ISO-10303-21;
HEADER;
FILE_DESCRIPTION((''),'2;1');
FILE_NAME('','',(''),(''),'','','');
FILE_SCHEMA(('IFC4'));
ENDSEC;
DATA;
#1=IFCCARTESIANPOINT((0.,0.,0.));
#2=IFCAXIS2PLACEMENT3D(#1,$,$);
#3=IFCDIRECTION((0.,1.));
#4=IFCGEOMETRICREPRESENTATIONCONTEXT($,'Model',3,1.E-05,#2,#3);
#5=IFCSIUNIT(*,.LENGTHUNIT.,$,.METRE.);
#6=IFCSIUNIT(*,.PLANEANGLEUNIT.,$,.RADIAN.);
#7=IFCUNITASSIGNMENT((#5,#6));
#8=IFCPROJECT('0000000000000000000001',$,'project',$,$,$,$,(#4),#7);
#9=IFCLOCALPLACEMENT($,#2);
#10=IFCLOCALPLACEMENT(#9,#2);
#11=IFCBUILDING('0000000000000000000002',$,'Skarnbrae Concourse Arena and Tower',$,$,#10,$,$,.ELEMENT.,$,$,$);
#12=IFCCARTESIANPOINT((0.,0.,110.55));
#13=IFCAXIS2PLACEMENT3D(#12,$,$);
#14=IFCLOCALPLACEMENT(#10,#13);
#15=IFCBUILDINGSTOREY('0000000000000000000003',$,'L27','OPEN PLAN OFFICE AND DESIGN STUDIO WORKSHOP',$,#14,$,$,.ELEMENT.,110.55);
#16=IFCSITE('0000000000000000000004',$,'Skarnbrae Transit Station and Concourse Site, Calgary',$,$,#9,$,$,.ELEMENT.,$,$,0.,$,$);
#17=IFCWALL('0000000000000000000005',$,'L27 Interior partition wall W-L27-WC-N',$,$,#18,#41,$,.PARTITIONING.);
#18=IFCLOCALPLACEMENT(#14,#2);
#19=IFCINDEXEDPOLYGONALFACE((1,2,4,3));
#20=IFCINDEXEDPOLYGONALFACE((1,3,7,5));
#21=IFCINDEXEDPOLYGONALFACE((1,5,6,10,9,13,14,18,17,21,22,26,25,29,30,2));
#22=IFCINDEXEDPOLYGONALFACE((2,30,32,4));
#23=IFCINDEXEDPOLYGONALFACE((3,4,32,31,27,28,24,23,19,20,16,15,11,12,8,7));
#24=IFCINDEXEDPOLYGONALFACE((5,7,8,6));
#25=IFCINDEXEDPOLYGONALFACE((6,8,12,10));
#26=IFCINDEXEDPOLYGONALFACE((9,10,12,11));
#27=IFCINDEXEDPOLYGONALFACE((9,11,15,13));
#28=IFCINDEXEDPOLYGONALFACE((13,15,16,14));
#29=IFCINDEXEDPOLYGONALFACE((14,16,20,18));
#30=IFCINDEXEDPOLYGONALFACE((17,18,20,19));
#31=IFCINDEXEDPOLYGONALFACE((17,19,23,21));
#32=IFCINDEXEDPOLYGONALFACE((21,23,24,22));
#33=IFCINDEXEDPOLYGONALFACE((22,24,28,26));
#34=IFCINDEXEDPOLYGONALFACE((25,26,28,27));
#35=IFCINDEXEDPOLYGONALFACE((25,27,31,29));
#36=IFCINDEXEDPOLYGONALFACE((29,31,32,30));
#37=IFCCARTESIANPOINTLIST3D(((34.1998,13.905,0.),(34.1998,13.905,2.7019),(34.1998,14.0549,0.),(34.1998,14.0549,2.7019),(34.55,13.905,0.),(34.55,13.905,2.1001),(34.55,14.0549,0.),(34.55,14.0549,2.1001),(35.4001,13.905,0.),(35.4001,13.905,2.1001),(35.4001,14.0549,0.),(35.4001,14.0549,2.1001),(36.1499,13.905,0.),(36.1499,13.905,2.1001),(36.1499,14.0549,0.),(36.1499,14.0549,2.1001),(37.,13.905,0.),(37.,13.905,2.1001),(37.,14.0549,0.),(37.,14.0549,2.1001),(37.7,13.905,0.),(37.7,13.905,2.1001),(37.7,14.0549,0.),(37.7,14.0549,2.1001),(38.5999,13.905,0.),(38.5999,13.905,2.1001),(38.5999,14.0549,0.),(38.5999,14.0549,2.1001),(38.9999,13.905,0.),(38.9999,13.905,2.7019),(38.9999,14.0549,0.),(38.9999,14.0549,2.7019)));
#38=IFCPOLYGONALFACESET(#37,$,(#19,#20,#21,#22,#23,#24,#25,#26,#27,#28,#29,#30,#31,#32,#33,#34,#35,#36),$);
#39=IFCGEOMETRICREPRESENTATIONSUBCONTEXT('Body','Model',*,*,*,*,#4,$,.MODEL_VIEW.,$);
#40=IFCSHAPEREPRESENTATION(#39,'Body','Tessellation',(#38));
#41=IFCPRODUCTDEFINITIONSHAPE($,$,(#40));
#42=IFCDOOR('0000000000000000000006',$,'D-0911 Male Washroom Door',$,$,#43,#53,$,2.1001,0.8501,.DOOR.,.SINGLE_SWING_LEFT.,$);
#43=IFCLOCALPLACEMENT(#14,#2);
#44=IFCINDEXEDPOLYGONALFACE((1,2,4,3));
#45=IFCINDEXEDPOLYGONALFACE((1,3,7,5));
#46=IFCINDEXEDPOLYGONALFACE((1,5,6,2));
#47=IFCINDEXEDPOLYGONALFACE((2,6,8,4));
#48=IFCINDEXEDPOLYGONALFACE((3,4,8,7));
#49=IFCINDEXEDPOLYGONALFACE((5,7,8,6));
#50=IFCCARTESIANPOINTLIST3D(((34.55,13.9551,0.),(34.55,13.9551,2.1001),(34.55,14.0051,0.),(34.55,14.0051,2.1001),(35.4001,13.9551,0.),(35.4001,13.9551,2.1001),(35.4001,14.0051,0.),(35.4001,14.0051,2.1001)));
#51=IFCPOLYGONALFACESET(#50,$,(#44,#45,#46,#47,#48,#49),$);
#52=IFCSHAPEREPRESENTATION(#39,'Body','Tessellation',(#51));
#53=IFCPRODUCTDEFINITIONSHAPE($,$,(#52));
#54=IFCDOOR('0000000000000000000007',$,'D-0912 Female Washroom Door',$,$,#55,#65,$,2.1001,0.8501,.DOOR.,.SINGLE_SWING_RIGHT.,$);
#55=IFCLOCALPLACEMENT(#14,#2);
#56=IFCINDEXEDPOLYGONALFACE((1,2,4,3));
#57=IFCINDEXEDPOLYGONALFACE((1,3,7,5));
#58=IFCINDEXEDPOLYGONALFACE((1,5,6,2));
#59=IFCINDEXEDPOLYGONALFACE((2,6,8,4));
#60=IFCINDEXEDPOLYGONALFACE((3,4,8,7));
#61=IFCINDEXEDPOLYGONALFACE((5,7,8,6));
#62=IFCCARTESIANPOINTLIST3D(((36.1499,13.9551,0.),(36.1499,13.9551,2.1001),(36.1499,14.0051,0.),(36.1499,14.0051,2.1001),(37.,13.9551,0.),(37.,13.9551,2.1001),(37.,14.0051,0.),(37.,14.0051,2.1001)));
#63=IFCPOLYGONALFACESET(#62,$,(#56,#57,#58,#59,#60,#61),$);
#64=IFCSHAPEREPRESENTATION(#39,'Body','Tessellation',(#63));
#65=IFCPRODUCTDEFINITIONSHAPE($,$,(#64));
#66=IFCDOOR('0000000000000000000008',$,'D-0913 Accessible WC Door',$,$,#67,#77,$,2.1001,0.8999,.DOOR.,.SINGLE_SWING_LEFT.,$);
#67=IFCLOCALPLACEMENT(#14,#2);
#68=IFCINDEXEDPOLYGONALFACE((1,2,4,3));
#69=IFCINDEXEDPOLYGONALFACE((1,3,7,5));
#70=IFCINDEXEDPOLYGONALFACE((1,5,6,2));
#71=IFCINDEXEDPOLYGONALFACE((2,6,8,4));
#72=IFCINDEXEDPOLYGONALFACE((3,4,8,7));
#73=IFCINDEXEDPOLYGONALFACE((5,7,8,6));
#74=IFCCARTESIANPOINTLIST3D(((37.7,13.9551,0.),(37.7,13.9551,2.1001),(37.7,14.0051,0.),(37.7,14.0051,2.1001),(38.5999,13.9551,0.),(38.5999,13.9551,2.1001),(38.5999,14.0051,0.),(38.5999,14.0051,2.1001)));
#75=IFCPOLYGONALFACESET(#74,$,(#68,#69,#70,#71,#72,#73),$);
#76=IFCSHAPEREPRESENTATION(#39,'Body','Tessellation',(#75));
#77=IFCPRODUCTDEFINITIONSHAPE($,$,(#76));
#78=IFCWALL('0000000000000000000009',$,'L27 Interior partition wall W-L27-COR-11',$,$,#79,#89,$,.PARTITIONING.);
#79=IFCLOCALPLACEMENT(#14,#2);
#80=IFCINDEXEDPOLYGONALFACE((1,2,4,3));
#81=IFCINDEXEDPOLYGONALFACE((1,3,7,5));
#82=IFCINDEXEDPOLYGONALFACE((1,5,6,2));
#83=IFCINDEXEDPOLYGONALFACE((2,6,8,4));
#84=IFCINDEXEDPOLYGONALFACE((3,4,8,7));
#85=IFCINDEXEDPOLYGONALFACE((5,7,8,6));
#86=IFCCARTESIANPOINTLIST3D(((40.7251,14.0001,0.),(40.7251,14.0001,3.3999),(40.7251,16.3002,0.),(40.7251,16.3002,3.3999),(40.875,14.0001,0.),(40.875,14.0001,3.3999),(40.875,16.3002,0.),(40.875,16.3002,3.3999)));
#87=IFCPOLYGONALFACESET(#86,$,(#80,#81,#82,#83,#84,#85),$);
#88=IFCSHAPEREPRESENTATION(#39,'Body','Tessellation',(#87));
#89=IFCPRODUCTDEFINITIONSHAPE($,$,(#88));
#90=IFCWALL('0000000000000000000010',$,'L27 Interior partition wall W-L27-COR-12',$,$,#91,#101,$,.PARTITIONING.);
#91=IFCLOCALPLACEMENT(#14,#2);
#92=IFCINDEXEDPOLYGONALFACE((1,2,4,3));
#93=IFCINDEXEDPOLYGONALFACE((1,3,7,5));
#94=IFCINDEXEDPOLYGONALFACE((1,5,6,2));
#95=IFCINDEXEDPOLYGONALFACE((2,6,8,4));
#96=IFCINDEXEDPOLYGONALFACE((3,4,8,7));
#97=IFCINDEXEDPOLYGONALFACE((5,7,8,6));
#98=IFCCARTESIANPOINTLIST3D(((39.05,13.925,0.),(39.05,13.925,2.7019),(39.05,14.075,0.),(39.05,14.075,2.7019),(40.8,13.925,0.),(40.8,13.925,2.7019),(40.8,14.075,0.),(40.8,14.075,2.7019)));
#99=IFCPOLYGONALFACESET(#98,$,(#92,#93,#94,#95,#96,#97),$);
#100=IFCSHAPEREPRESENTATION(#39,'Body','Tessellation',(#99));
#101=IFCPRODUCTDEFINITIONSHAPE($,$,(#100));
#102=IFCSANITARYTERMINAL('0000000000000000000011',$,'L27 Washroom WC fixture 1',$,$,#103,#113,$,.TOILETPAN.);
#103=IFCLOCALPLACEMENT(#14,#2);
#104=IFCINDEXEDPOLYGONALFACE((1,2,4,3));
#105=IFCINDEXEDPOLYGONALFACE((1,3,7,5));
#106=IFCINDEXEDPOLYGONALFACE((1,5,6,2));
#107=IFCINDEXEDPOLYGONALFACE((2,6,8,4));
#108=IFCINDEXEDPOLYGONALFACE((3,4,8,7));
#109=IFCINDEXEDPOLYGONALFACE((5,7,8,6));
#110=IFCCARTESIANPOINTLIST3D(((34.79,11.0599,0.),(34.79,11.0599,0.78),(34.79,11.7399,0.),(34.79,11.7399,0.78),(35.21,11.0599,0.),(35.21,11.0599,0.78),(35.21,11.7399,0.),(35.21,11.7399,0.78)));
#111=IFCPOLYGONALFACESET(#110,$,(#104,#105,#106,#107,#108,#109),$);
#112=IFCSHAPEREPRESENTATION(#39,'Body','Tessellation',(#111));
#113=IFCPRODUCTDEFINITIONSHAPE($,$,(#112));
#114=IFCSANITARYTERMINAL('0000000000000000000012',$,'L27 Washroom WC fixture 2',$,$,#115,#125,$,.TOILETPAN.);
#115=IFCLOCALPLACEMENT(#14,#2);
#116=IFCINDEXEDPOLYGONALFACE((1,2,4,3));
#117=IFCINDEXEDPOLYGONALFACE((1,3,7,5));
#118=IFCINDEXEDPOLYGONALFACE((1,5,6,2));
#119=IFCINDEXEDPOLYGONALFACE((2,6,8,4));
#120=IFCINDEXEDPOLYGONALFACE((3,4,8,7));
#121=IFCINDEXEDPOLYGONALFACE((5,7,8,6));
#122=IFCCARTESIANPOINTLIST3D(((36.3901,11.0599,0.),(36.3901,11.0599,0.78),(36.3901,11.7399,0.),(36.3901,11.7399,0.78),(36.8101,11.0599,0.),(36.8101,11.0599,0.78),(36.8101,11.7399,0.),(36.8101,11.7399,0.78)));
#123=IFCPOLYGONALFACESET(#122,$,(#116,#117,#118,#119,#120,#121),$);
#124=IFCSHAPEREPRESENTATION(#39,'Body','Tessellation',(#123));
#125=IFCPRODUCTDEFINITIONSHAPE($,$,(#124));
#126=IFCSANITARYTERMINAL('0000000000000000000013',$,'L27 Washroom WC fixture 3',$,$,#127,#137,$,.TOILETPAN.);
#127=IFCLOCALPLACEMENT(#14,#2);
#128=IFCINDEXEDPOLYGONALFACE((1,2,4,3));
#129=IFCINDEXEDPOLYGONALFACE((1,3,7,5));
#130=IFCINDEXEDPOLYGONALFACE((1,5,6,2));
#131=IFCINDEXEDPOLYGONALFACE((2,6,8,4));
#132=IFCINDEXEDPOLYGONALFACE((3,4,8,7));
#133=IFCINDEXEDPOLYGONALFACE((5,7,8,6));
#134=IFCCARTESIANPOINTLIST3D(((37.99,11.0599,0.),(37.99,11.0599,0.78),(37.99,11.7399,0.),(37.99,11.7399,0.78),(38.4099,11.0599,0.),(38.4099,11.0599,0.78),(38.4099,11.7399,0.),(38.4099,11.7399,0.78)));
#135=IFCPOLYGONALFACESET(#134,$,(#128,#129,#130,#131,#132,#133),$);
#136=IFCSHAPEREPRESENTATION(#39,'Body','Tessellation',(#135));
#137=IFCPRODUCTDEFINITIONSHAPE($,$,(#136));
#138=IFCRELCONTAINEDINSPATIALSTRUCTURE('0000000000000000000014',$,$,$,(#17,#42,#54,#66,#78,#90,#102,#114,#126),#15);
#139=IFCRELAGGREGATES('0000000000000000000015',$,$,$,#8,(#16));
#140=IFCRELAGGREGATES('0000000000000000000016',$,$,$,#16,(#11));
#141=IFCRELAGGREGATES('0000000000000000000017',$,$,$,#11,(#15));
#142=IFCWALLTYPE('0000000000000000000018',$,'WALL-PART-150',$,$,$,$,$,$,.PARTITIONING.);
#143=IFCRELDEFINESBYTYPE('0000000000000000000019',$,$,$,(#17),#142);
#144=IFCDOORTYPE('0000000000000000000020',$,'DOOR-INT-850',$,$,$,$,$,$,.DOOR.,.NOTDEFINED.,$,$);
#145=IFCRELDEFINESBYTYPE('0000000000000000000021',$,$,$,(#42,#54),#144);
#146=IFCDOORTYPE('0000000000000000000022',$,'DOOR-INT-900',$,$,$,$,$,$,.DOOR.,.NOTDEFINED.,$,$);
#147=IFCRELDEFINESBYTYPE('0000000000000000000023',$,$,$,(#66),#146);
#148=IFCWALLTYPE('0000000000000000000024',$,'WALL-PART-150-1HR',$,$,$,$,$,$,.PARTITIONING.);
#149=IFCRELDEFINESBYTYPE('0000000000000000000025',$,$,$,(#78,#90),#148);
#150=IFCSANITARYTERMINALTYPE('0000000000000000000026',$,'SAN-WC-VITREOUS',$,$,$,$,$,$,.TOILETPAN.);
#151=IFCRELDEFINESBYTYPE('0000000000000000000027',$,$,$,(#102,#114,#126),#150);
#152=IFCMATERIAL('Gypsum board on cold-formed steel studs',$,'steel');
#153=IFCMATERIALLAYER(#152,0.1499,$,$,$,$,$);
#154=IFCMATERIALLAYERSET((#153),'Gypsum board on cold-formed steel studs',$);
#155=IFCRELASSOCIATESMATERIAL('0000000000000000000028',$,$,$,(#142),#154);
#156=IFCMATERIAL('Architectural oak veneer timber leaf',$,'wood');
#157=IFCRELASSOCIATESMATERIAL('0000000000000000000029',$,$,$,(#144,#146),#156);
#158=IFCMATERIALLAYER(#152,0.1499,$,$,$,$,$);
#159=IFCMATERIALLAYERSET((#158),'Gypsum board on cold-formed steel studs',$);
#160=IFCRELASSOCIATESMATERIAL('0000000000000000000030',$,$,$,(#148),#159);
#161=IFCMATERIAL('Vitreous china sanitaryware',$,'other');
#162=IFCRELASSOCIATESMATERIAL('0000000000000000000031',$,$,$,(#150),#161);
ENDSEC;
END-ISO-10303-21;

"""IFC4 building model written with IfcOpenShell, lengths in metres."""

from ifc_helpers import new_model, si_unit, direction, frame, frame_2d, origin, origin_2d, place, context, subcontext, project, spatial, rectangle, extrude, source, transform, mapped, material, layer, layer_set, type_object, element, fill, save


model = new_model("IFC4")

# Units and contexts
model_context = context("Model", 3, precision=1e-05, world=origin(), true_north=direction((0.0, 1.0)))
body_context = subcontext(model_context, "Body", "Model", "MODEL_VIEW")
ifc_project = project(units=[si_unit("LENGTHUNIT", "METRE"), si_unit("PLANEANGLEUNIT", "RADIAN")], contexts=[model_context])

# Site, building, storey
site_placement = place(None, origin())
site = spatial("IfcSite", under=ifc_project, at=site_placement, Name="Skarnbrae Transit Station and Concourse Site, Calgary", CompositionType="ELEMENT", RefElevation=0.0)
building_placement = place(site_placement, origin())
building = spatial("IfcBuilding", under=site, at=building_placement, Name="Skarnbrae Concourse Arena and Tower", CompositionType="ELEMENT")
storey_placement = place(building_placement, frame((0.0, 0.0, 110.55)))
storey = spatial("IfcBuildingStorey", under=building, at=storey_placement, Name="L27", Description="OPEN PLAN OFFICE AND DESIGN STUDIO WORKSHOP", CompositionType="ELEMENT", Elevation=110.55)

# Wall, openings, doors
ifc_material_1 = material(Name="Gypsum board on cold-formed steel studs", Category="steel")
ifc_layer_1 = layer(ifc_material_1, 0.1499)
ifc_layer_set_1 = layer_set([ifc_layer_1], Name="Gypsum board on cold-formed steel studs")
wall_type_1 = type_object("IfcWallType", Name="WALL-PART-150", PredefinedType="PARTITIONING", material=ifc_layer_set_1)
shared_shape_1 = source(origin(), body_context, "Body", "SweptSolid", [
    extrude(rectangle(XDim=4.8, YDim=0.1499, at=frame_2d((2.3999, 0.0))), origin(), (0.0, 0.0, 1.0), 2.7019),
])
wall_1_placement = place(storey_placement, frame((34.2, 13.98, 0.0), z_axis=(0.0, 0.0, 1.0), x_axis=(1.0, 0.0, 0.0)))
wall_1 = element("IfcWall", 1, at=wall_1_placement, inside=storey, type_object=wall_type_1, Name="L27 Interior partition wall W-L27-WC-N", PredefinedType="PARTITIONING", context=body_context, shape_type="MappedRepresentation", body=[
    mapped(shared_shape_1, transform((0.0, 0.0, 0.0))),
])
opening_1_placement = place(wall_1_placement, frame((0.3501, 0.0, 0.0)))
opening_1 = element("IfcOpeningElement", 2, at=opening_1_placement, cuts=wall_1, PredefinedType="OPENING", context=body_context, shape_type="SweptSolid", body=[
    extrude(rectangle(XDim=0.8501, YDim=2.1001, at=frame_2d((0.425, 1.05))), frame((0.0, 0.085, 0.0), z_axis=(0.0, -1.0, 0.0), x_axis=(1.0, 0.0, 0.0)), (0.0, 0.0, 1.0), 0.1699),
])
opening_2_placement = place(wall_1_placement, frame((1.95, 0.0, 0.0)))
opening_2 = element("IfcOpeningElement", 3, at=opening_2_placement, cuts=wall_1, PredefinedType="OPENING", context=body_context, shape_type="SweptSolid", body=[
    extrude(rectangle(XDim=0.8501, YDim=2.1001, at=frame_2d((0.425, 1.05))), frame((0.0, 0.085, 0.0), z_axis=(0.0, -1.0, 0.0), x_axis=(1.0, 0.0, 0.0)), (0.0, 0.0, 1.0), 0.1699),
])
opening_3_placement = place(wall_1_placement, frame((3.5, 0.0, 0.0)))
opening_3 = element("IfcOpeningElement", 4, at=opening_3_placement, cuts=wall_1, PredefinedType="OPENING", context=body_context, shape_type="SweptSolid", body=[
    extrude(rectangle(XDim=0.8999, YDim=2.1001, at=frame_2d((0.45, 1.05))), frame((0.0, 0.085, 0.0), z_axis=(0.0, -1.0, 0.0), x_axis=(1.0, 0.0, 0.0)), (0.0, 0.0, 1.0), 0.1699),
])
ifc_material_2 = material(Name="Architectural oak veneer timber leaf", Category="wood")
door_type_1 = type_object("IfcDoorType", Name="DOOR-INT-850", OperationType="NOTDEFINED", PredefinedType="DOOR", material=ifc_material_2)
shared_shape_2 = source(origin(), body_context, "Body", "SweptSolid", [
    extrude(rectangle(XDim=0.8501, YDim=2.1001, at=frame_2d((0.425, 1.05))), frame((0.0, 0.0249, 0.0), z_axis=(0.0, -1.0, 0.0), x_axis=(1.0, 0.0, 0.0)), (0.0, 0.0, 1.0), 0.05),
])
door_1_placement = place(opening_1_placement, frame((0.8501, 0.0, 0.0), z_axis=(0.0, 0.0, 1.0), x_axis=(-1.0, 0.0, 0.0)))
door_1 = element("IfcDoor", 5, at=door_1_placement, inside=storey, type_object=door_type_1, Name="D-0911 Male Washroom Door", OperationType="SINGLE_SWING_LEFT", OverallHeight=2.1001, OverallWidth=0.8501, PredefinedType="DOOR", context=body_context, shape_type="MappedRepresentation", body=[
    mapped(shared_shape_2, transform((0.0, 0.0, 0.0))),
])
fill(opening_1, door_1)
door_2_placement = place(opening_2_placement, frame((0.8501, 0.0, 0.0), z_axis=(0.0, 0.0, 1.0), x_axis=(-1.0, 0.0, 0.0)))
door_2 = element("IfcDoor", 6, at=door_2_placement, inside=storey, type_object=door_type_1, Name="D-0912 Female Washroom Door", OperationType="SINGLE_SWING_RIGHT", OverallHeight=2.1001, OverallWidth=0.8501, PredefinedType="DOOR", context=body_context, shape_type="MappedRepresentation", body=[
    mapped(shared_shape_2, transform((0.0, 0.0, 0.0))),
])
fill(opening_2, door_2)
door_type_2 = type_object("IfcDoorType", Name="DOOR-INT-900", OperationType="NOTDEFINED", PredefinedType="DOOR", material=ifc_material_2)
shared_shape_3 = source(origin(), body_context, "Body", "SweptSolid", [
    extrude(rectangle(XDim=0.8999, YDim=2.1001, at=frame_2d((0.45, 1.05))), frame((0.0, 0.0249, 0.0), z_axis=(0.0, -1.0, 0.0), x_axis=(1.0, 0.0, 0.0)), (0.0, 0.0, 1.0), 0.05),
])
door_3_placement = place(opening_3_placement, frame((0.8999, 0.0, 0.0), z_axis=(0.0, 0.0, 1.0), x_axis=(-1.0, 0.0, 0.0)))
door_3 = element("IfcDoor", 7, at=door_3_placement, inside=storey, type_object=door_type_2, Name="D-0913 Accessible WC Door", OperationType="SINGLE_SWING_LEFT", OverallHeight=2.1001, OverallWidth=0.8999, PredefinedType="DOOR", context=body_context, shape_type="MappedRepresentation", body=[
    mapped(shared_shape_3, transform((0.0, 0.0, 0.0))),
])
fill(opening_3, door_3)

# Walls
ifc_layer_2 = layer(ifc_material_1, 0.1499)
ifc_layer_set_2 = layer_set([ifc_layer_2], Name="Gypsum board on cold-formed steel studs")
wall_type_2 = type_object("IfcWallType", Name="WALL-PART-150-1HR", PredefinedType="PARTITIONING", material=ifc_layer_set_2)
shared_shape_4 = source(origin(), body_context, "Body", "SweptSolid", [
    extrude(rectangle(XDim=2.3, YDim=0.1499, at=frame_2d((1.1499, 0.0))), origin(), (0.0, 0.0, 1.0), 3.3999),
])
wall_2_placement = place(storey_placement, frame((40.8, 16.3, 0.0), z_axis=(0.0, 0.0, 1.0), x_axis=(0.0, -1.0, 0.0)))
element("IfcWall", 8, at=wall_2_placement, inside=storey, type_object=wall_type_2, Name="L27 Interior partition wall W-L27-COR-11", PredefinedType="PARTITIONING", context=body_context, shape_type="MappedRepresentation", body=[
    mapped(shared_shape_4, transform((0.0, 0.0, 0.0))),
])
shared_shape_5 = source(origin(), body_context, "Body", "SweptSolid", [
    extrude(rectangle(XDim=1.75, YDim=0.1499, at=frame_2d((0.875, 0.0))), origin(), (0.0, 0.0, 1.0), 2.7019),
])
wall_3_placement = place(storey_placement, frame((40.8, 14.0, 0.0), z_axis=(0.0, 0.0, 1.0), x_axis=(-1.0, 0.0, 0.0)))
element("IfcWall", 9, at=wall_3_placement, inside=storey, type_object=wall_type_2, Name="L27 Interior partition wall W-L27-COR-12", PredefinedType="PARTITIONING", context=body_context, shape_type="MappedRepresentation", body=[
    mapped(shared_shape_5, transform((0.0, 0.0, 0.0))),
])

# Sanitary terminals
ifc_material_3 = material(Name="Vitreous china sanitaryware", Category="other")
sanitary_terminal_type = type_object("IfcSanitaryTerminalType", Name="SAN-WC-VITREOUS", PredefinedType="TOILETPAN", material=ifc_material_3)
shared_shape_6 = source(origin(), body_context, "Body", "SweptSolid", [
    extrude(rectangle(XDim=0.4199, YDim=0.6799, at=origin_2d()), origin(), (0.0, 0.0, 1.0), 0.78),
])
for number, where, z_axis, x_axis, name in (
    (10, (35.0, 11.3999, 0.0), (0.0, 0.0, 1.0), (1.0, 0.0, 0.0), "L27 Washroom WC fixture 1"),
    (11, (36.6001, 11.3999, 0.0), (0.0, 0.0, 1.0), (1.0, 0.0, 0.0), "L27 Washroom WC fixture 2"),
    (12, (38.2, 11.3999, 0.0), (0.0, 0.0, 1.0), (1.0, 0.0, 0.0), "L27 Washroom WC fixture 3"),
):
    element("IfcSanitaryTerminal", number, at=place(storey_placement, frame(where, z_axis=z_axis, x_axis=x_axis)), inside=storey, type_object=sanitary_terminal_type, Name=name, PredefinedType="TOILETPAN", context=body_context, shape_type="MappedRepresentation", body=[
        mapped(shared_shape_6, transform((0.0, 0.0, 0.0))),
    ])

save(model, "model.ifc")
